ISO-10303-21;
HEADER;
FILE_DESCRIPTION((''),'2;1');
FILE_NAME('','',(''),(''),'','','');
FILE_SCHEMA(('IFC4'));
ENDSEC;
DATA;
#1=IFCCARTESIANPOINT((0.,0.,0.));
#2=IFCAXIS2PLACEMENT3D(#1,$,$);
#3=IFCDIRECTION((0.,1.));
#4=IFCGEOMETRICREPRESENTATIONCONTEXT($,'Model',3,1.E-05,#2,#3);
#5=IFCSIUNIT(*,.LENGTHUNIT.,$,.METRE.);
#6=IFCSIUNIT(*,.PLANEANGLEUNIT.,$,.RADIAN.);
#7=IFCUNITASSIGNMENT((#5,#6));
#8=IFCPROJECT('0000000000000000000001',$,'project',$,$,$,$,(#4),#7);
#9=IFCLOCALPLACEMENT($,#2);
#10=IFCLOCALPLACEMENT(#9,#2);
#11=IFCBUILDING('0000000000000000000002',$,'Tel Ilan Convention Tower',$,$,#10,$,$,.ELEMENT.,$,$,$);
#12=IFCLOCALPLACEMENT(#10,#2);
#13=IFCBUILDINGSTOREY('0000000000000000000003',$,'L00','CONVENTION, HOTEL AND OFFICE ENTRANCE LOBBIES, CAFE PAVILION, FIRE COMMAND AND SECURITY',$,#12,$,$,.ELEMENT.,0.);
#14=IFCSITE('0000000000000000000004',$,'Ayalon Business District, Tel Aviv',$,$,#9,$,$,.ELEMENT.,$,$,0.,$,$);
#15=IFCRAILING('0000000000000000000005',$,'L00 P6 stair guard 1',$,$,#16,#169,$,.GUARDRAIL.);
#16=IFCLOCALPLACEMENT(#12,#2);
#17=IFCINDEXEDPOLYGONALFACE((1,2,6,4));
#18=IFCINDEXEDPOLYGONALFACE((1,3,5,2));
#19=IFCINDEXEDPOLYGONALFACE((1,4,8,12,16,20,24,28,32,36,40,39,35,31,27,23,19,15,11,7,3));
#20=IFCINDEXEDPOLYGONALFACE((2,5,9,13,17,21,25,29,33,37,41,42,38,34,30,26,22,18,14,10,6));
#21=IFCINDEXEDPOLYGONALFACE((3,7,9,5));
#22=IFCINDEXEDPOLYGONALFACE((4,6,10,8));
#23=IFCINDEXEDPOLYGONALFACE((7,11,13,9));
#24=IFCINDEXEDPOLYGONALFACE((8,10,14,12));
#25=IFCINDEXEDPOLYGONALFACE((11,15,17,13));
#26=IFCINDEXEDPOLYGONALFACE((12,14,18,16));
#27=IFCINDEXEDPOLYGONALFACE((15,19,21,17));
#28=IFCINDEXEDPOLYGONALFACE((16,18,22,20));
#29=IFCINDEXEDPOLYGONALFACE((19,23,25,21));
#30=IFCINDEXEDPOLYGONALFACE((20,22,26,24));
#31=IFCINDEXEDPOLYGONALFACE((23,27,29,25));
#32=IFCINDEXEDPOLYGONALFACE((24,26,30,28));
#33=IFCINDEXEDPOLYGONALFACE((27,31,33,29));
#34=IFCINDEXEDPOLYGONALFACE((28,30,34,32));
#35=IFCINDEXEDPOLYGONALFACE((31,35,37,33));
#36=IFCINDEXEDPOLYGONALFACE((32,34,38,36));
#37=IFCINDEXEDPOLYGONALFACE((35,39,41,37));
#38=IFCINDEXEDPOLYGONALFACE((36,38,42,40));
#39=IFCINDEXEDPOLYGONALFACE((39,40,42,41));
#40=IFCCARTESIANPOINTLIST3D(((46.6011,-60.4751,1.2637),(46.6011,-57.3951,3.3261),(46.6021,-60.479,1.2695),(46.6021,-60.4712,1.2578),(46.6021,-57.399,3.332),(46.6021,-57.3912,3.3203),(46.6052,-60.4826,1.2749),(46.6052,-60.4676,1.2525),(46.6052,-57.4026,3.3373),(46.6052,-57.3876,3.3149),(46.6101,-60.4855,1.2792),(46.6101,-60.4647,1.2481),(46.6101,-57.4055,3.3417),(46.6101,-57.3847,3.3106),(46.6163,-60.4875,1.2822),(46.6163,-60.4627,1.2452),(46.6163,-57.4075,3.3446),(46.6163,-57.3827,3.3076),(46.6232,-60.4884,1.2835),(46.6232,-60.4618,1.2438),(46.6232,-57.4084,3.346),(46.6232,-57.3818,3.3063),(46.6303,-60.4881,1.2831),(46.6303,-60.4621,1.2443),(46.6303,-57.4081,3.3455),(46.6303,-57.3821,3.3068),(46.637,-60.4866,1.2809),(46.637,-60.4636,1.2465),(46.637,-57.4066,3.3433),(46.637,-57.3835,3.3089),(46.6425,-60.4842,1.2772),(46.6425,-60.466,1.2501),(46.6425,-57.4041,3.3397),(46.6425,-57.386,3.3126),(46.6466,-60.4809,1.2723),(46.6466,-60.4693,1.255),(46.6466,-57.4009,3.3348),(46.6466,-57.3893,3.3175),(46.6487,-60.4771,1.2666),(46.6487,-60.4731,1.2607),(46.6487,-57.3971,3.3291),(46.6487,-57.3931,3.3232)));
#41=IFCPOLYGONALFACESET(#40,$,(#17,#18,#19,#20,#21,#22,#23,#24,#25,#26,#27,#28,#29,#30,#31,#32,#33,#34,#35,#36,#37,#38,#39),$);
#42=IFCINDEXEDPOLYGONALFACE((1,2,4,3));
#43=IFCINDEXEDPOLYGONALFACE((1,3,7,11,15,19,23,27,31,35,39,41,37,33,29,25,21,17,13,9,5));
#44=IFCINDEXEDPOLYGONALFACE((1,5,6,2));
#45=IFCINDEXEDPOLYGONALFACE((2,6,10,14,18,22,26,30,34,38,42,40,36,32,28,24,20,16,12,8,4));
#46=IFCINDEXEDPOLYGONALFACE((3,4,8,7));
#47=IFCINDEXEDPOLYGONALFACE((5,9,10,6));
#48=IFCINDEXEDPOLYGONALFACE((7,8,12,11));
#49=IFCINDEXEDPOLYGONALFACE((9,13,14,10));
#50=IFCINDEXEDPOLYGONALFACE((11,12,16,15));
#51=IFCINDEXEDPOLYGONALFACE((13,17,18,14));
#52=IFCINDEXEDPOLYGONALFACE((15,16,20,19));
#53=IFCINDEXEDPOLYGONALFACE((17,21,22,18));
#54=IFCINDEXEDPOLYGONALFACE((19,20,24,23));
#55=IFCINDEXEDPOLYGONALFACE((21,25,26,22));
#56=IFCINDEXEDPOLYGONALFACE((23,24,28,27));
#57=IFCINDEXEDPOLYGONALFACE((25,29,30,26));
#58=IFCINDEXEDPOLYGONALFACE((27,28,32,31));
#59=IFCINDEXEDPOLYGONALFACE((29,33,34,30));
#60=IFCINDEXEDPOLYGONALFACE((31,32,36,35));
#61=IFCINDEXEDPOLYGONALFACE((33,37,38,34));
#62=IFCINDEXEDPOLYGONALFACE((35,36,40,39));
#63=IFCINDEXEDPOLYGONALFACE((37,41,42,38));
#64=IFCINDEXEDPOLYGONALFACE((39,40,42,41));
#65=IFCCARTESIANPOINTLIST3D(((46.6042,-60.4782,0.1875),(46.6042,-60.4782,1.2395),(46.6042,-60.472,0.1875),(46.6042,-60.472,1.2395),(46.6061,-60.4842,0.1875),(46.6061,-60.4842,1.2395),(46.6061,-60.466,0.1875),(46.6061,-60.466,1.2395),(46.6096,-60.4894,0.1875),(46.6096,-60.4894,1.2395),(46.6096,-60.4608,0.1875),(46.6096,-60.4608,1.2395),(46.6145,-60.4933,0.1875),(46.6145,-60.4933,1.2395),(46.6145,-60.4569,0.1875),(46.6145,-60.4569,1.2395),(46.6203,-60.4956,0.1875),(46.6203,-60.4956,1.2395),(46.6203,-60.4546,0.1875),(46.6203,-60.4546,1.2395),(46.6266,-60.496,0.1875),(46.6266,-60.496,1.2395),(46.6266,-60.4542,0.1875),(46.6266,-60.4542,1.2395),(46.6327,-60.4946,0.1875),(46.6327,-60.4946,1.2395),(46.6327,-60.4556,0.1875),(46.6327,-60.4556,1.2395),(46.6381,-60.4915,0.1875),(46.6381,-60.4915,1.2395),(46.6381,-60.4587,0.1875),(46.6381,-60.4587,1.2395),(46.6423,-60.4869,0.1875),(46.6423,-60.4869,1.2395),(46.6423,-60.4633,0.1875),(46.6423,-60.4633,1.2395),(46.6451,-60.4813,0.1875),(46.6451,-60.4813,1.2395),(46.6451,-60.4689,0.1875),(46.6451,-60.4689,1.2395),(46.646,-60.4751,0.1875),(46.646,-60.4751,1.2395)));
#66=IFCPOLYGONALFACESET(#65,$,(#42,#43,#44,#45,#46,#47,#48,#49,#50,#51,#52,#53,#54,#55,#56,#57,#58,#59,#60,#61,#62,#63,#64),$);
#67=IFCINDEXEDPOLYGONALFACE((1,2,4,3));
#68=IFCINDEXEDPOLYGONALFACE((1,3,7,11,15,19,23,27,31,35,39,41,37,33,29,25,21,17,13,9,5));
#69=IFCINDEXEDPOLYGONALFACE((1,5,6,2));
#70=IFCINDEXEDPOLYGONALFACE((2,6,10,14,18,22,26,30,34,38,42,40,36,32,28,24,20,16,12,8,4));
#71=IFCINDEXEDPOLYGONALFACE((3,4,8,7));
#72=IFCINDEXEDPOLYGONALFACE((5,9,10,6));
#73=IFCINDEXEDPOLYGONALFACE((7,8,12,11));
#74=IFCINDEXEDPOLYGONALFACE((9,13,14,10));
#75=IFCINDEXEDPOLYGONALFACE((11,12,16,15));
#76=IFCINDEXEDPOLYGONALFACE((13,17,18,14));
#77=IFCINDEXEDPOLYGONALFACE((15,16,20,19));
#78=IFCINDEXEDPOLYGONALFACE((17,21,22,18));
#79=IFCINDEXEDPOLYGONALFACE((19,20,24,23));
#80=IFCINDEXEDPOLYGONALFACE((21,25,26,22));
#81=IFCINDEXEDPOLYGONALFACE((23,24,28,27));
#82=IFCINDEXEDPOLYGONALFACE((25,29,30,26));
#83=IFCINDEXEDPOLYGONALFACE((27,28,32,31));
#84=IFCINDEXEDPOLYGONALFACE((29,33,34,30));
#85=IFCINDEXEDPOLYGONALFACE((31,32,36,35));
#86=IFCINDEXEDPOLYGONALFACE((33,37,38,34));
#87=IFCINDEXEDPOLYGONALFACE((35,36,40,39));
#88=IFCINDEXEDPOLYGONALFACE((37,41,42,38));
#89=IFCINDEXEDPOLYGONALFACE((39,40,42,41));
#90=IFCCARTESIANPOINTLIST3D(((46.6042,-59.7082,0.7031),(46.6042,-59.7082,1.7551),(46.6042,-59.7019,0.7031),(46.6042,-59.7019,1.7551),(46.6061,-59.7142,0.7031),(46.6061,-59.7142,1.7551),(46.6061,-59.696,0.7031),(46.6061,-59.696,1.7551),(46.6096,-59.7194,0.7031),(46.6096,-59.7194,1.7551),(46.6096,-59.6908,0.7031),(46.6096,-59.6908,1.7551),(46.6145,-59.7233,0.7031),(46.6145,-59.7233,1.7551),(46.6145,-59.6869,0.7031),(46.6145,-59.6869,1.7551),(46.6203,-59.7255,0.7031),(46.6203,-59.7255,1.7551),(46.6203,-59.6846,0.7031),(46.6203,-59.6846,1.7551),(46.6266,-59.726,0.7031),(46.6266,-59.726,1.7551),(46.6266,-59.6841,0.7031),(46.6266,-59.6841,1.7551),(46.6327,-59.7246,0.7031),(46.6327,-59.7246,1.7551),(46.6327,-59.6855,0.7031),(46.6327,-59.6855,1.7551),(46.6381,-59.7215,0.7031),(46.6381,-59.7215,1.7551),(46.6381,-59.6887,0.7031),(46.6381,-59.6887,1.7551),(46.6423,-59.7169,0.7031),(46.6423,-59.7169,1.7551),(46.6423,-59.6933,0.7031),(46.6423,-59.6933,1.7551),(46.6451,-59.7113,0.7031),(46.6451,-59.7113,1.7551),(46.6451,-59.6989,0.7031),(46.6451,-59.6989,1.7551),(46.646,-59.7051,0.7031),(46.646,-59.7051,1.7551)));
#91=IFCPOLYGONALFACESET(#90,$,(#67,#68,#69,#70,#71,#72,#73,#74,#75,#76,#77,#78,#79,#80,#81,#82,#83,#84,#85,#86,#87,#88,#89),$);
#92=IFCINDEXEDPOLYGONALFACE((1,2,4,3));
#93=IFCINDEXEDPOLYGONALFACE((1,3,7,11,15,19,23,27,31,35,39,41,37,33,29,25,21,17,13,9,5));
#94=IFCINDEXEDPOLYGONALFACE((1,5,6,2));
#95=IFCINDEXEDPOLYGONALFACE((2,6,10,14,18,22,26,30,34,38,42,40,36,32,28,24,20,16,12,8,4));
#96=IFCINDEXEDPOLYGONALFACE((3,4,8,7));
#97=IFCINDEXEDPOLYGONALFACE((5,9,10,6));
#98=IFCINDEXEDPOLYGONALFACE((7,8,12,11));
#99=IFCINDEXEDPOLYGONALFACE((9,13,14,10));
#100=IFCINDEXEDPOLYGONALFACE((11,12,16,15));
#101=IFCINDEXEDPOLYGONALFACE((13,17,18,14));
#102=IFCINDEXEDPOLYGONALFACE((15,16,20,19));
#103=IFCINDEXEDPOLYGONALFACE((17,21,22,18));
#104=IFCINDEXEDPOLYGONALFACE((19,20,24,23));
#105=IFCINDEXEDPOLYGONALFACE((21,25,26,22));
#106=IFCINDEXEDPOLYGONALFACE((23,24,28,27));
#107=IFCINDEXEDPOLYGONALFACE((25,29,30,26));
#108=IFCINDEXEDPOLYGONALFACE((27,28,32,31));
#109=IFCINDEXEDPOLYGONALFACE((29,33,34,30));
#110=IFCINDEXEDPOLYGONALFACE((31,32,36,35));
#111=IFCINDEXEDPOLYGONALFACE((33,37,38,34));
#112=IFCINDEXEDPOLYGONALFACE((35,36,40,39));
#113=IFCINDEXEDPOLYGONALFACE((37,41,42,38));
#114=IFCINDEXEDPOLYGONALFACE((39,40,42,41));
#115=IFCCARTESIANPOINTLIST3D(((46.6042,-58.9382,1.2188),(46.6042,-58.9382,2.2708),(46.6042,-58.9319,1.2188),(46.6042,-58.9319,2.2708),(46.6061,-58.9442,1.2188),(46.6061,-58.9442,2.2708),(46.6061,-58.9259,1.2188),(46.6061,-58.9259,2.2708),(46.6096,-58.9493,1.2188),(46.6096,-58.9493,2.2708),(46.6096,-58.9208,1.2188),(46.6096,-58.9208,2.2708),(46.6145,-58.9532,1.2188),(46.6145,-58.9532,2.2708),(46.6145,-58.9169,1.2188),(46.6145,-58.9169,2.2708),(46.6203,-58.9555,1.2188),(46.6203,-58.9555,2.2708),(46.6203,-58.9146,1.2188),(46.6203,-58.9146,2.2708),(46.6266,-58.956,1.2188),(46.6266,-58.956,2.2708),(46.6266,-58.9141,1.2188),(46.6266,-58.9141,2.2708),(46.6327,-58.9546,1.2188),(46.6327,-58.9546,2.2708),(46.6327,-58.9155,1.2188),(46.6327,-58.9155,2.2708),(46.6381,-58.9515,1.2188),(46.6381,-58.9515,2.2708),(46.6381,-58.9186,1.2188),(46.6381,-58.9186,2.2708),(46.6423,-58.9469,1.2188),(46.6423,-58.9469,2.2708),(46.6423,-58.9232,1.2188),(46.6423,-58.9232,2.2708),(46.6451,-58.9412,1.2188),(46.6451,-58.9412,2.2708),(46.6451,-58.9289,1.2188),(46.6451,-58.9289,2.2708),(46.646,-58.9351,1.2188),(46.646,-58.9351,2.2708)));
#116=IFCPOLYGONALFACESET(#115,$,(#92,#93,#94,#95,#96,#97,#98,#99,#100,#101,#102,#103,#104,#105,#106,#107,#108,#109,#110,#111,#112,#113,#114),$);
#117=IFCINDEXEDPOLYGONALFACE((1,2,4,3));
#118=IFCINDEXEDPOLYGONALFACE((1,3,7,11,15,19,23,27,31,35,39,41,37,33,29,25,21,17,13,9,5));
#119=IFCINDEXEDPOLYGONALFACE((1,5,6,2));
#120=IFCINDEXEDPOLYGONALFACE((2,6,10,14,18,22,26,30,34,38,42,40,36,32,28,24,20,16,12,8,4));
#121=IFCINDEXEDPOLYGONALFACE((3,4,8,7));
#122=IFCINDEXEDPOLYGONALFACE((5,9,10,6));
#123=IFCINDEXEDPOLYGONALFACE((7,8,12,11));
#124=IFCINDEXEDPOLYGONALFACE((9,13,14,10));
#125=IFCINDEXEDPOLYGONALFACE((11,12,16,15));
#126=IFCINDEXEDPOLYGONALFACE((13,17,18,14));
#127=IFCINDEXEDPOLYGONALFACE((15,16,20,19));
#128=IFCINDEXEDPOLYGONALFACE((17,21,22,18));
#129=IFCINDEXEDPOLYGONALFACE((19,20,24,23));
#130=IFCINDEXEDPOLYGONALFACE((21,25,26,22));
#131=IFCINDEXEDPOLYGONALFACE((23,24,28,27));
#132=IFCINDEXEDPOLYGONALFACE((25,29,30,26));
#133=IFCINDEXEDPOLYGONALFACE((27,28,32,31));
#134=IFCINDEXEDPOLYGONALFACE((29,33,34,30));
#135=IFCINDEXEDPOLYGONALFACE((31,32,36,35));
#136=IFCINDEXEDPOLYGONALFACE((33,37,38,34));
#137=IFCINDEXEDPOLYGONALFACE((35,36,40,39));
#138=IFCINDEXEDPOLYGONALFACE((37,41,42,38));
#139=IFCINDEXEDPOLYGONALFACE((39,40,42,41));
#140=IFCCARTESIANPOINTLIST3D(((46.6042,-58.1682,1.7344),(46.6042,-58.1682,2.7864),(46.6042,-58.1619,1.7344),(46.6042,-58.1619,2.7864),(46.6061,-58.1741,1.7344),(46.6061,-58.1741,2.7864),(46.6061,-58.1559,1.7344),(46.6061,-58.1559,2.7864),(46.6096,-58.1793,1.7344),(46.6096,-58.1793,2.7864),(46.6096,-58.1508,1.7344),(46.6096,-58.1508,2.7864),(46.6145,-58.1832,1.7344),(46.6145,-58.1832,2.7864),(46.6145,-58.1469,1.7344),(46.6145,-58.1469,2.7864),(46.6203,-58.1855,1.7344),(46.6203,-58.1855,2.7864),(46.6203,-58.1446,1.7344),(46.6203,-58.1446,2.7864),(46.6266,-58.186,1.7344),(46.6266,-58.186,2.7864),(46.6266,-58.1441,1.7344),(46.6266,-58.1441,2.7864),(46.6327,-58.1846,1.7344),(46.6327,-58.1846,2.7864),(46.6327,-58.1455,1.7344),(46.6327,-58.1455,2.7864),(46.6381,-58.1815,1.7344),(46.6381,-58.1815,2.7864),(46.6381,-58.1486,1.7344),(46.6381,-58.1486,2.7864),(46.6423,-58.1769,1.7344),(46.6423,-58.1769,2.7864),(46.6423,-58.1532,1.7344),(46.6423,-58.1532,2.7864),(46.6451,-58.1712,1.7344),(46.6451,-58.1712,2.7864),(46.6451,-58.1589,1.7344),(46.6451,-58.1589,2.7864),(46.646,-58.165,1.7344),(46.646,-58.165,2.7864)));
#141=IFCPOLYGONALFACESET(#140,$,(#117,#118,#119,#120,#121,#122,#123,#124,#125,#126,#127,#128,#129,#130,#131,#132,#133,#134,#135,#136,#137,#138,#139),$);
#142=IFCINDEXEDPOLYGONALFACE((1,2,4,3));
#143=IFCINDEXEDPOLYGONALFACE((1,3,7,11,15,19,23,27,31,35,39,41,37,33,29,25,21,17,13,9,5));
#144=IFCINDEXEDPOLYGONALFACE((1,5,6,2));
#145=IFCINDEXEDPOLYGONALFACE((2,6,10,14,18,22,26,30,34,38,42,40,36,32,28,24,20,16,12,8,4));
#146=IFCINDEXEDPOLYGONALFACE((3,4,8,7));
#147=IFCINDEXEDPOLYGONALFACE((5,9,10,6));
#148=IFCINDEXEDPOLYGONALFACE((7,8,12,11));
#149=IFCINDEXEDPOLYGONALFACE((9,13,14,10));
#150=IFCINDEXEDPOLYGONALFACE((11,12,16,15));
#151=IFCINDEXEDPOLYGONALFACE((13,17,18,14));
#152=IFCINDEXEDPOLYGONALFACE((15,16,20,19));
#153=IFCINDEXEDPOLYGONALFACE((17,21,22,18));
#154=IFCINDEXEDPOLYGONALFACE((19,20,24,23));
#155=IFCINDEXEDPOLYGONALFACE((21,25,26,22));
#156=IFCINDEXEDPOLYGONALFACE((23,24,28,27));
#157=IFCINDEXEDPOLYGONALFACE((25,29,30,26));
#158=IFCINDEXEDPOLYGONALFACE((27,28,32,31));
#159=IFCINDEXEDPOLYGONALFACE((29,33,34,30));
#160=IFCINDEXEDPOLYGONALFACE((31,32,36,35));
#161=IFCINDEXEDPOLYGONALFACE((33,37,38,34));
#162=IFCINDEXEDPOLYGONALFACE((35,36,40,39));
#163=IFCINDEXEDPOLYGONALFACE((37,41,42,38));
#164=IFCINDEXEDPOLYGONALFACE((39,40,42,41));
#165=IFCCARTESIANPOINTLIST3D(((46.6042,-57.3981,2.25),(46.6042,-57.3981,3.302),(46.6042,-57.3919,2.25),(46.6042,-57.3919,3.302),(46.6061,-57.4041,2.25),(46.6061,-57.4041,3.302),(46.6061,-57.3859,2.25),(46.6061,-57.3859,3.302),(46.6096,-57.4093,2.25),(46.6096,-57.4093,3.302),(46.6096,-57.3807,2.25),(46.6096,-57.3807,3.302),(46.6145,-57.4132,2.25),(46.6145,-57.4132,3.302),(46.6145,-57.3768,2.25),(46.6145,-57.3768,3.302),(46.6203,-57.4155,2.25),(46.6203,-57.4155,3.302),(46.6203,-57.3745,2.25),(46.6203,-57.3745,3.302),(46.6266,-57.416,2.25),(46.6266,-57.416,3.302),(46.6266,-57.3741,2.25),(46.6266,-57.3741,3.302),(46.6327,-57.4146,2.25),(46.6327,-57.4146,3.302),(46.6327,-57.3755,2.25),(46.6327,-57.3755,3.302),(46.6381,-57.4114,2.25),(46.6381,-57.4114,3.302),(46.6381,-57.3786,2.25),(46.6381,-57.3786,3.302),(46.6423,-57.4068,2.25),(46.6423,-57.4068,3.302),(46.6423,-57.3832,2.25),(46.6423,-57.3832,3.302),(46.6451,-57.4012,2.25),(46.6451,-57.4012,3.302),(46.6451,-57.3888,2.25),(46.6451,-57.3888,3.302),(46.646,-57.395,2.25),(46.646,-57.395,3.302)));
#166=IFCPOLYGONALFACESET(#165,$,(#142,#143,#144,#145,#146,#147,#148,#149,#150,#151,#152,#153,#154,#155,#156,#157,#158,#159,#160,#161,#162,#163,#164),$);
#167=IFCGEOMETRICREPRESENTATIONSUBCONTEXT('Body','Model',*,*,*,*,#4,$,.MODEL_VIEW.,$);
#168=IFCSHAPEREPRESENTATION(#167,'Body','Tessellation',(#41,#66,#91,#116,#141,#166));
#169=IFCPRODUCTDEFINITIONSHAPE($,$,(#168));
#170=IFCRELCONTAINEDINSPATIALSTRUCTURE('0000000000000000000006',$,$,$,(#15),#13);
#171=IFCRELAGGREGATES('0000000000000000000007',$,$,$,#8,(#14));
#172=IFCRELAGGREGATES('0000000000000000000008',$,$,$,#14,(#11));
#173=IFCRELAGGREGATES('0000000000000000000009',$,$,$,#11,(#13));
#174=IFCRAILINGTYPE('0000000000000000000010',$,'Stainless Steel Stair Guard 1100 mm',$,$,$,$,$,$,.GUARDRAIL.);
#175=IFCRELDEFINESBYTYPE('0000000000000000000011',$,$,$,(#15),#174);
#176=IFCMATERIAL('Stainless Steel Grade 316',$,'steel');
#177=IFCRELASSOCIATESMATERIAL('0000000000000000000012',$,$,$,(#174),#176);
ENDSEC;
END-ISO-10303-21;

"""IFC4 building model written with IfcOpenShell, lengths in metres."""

from ifc_helpers import new_model, si_unit, direction, frame, origin, origin_2d, place, context, subcontext, project, spatial, circle, extrude, material, type_object, element, save


model = new_model("IFC4")

# Units and contexts
model_context = context("Model", 3, precision=1e-05, world=origin(), true_north=direction((0.0, 1.0)))
body_context = subcontext(model_context, "Body", "Model", "MODEL_VIEW")
ifc_project = project(units=[si_unit("LENGTHUNIT", "METRE"), si_unit("PLANEANGLEUNIT", "RADIAN")], contexts=[model_context])

# Site, building, storey
site_placement = place(None, origin())
site = spatial("IfcSite", under=ifc_project, at=site_placement, Name="Ayalon Business District, Tel Aviv", CompositionType="ELEMENT", RefElevation=0.0)
building_placement = place(site_placement, origin())
building = spatial("IfcBuilding", under=site, at=building_placement, Name="Tel Ilan Convention Tower", CompositionType="ELEMENT")
storey_placement = place(building_placement, origin())
storey = spatial("IfcBuildingStorey", under=building, at=storey_placement, Name="L00", Description="CONVENTION, HOTEL AND OFFICE ENTRANCE LOBBIES, CAFE PAVILION, FIRE COMMAND AND SECURITY", CompositionType="ELEMENT", Elevation=0.0)

# Railing
ifc_material_1 = material(Name="Stainless Steel Grade 316", Category="steel")
railing_type_1 = type_object("IfcRailingType", Name="Stainless Steel Stair Guard 1100 mm", PredefinedType="GUARDRAIL", material=ifc_material_1)
railing_1_placement = place(storey_placement, frame((46.625, -60.4751, 0.1875)))
element("IfcRailing", 1, at=railing_1_placement, inside=storey, type_object=railing_type_1, Name="L00 P6 stair guard 1", PredefinedType="GUARDRAIL", context=body_context, shape_type="SweptSolid", body=[
    extrude(circle(Radius=0.0239, at=origin_2d()), frame((0.0, 0.0, 1.0762), z_axis=(0.0, 0.830914, 0.556401), x_axis=(-1.0, 0.0, 0.0)), (0.0, 0.0, 1.0), 3.7068),
    extrude(circle(Radius=0.021, at=origin_2d()), origin(), (0.0, 0.0, 1.0), 1.052),
    extrude(circle(Radius=0.021, at=origin_2d()), frame((0.0, 0.77, 0.5156)), (0.0, 0.0, 1.0), 1.052),
    extrude(circle(Radius=0.021, at=origin_2d()), frame((0.0, 1.54, 1.0312)), (0.0, 0.0, 1.0), 1.052),
    extrude(circle(Radius=0.021, at=origin_2d()), frame((0.0, 2.3101, 1.5469)), (0.0, 0.0, 1.0), 1.052),
    extrude(circle(Radius=0.021, at=origin_2d()), frame((0.0, 3.0801, 2.0625)), (0.0, 0.0, 1.0), 1.052),
])

save(model, "model.ifc")
